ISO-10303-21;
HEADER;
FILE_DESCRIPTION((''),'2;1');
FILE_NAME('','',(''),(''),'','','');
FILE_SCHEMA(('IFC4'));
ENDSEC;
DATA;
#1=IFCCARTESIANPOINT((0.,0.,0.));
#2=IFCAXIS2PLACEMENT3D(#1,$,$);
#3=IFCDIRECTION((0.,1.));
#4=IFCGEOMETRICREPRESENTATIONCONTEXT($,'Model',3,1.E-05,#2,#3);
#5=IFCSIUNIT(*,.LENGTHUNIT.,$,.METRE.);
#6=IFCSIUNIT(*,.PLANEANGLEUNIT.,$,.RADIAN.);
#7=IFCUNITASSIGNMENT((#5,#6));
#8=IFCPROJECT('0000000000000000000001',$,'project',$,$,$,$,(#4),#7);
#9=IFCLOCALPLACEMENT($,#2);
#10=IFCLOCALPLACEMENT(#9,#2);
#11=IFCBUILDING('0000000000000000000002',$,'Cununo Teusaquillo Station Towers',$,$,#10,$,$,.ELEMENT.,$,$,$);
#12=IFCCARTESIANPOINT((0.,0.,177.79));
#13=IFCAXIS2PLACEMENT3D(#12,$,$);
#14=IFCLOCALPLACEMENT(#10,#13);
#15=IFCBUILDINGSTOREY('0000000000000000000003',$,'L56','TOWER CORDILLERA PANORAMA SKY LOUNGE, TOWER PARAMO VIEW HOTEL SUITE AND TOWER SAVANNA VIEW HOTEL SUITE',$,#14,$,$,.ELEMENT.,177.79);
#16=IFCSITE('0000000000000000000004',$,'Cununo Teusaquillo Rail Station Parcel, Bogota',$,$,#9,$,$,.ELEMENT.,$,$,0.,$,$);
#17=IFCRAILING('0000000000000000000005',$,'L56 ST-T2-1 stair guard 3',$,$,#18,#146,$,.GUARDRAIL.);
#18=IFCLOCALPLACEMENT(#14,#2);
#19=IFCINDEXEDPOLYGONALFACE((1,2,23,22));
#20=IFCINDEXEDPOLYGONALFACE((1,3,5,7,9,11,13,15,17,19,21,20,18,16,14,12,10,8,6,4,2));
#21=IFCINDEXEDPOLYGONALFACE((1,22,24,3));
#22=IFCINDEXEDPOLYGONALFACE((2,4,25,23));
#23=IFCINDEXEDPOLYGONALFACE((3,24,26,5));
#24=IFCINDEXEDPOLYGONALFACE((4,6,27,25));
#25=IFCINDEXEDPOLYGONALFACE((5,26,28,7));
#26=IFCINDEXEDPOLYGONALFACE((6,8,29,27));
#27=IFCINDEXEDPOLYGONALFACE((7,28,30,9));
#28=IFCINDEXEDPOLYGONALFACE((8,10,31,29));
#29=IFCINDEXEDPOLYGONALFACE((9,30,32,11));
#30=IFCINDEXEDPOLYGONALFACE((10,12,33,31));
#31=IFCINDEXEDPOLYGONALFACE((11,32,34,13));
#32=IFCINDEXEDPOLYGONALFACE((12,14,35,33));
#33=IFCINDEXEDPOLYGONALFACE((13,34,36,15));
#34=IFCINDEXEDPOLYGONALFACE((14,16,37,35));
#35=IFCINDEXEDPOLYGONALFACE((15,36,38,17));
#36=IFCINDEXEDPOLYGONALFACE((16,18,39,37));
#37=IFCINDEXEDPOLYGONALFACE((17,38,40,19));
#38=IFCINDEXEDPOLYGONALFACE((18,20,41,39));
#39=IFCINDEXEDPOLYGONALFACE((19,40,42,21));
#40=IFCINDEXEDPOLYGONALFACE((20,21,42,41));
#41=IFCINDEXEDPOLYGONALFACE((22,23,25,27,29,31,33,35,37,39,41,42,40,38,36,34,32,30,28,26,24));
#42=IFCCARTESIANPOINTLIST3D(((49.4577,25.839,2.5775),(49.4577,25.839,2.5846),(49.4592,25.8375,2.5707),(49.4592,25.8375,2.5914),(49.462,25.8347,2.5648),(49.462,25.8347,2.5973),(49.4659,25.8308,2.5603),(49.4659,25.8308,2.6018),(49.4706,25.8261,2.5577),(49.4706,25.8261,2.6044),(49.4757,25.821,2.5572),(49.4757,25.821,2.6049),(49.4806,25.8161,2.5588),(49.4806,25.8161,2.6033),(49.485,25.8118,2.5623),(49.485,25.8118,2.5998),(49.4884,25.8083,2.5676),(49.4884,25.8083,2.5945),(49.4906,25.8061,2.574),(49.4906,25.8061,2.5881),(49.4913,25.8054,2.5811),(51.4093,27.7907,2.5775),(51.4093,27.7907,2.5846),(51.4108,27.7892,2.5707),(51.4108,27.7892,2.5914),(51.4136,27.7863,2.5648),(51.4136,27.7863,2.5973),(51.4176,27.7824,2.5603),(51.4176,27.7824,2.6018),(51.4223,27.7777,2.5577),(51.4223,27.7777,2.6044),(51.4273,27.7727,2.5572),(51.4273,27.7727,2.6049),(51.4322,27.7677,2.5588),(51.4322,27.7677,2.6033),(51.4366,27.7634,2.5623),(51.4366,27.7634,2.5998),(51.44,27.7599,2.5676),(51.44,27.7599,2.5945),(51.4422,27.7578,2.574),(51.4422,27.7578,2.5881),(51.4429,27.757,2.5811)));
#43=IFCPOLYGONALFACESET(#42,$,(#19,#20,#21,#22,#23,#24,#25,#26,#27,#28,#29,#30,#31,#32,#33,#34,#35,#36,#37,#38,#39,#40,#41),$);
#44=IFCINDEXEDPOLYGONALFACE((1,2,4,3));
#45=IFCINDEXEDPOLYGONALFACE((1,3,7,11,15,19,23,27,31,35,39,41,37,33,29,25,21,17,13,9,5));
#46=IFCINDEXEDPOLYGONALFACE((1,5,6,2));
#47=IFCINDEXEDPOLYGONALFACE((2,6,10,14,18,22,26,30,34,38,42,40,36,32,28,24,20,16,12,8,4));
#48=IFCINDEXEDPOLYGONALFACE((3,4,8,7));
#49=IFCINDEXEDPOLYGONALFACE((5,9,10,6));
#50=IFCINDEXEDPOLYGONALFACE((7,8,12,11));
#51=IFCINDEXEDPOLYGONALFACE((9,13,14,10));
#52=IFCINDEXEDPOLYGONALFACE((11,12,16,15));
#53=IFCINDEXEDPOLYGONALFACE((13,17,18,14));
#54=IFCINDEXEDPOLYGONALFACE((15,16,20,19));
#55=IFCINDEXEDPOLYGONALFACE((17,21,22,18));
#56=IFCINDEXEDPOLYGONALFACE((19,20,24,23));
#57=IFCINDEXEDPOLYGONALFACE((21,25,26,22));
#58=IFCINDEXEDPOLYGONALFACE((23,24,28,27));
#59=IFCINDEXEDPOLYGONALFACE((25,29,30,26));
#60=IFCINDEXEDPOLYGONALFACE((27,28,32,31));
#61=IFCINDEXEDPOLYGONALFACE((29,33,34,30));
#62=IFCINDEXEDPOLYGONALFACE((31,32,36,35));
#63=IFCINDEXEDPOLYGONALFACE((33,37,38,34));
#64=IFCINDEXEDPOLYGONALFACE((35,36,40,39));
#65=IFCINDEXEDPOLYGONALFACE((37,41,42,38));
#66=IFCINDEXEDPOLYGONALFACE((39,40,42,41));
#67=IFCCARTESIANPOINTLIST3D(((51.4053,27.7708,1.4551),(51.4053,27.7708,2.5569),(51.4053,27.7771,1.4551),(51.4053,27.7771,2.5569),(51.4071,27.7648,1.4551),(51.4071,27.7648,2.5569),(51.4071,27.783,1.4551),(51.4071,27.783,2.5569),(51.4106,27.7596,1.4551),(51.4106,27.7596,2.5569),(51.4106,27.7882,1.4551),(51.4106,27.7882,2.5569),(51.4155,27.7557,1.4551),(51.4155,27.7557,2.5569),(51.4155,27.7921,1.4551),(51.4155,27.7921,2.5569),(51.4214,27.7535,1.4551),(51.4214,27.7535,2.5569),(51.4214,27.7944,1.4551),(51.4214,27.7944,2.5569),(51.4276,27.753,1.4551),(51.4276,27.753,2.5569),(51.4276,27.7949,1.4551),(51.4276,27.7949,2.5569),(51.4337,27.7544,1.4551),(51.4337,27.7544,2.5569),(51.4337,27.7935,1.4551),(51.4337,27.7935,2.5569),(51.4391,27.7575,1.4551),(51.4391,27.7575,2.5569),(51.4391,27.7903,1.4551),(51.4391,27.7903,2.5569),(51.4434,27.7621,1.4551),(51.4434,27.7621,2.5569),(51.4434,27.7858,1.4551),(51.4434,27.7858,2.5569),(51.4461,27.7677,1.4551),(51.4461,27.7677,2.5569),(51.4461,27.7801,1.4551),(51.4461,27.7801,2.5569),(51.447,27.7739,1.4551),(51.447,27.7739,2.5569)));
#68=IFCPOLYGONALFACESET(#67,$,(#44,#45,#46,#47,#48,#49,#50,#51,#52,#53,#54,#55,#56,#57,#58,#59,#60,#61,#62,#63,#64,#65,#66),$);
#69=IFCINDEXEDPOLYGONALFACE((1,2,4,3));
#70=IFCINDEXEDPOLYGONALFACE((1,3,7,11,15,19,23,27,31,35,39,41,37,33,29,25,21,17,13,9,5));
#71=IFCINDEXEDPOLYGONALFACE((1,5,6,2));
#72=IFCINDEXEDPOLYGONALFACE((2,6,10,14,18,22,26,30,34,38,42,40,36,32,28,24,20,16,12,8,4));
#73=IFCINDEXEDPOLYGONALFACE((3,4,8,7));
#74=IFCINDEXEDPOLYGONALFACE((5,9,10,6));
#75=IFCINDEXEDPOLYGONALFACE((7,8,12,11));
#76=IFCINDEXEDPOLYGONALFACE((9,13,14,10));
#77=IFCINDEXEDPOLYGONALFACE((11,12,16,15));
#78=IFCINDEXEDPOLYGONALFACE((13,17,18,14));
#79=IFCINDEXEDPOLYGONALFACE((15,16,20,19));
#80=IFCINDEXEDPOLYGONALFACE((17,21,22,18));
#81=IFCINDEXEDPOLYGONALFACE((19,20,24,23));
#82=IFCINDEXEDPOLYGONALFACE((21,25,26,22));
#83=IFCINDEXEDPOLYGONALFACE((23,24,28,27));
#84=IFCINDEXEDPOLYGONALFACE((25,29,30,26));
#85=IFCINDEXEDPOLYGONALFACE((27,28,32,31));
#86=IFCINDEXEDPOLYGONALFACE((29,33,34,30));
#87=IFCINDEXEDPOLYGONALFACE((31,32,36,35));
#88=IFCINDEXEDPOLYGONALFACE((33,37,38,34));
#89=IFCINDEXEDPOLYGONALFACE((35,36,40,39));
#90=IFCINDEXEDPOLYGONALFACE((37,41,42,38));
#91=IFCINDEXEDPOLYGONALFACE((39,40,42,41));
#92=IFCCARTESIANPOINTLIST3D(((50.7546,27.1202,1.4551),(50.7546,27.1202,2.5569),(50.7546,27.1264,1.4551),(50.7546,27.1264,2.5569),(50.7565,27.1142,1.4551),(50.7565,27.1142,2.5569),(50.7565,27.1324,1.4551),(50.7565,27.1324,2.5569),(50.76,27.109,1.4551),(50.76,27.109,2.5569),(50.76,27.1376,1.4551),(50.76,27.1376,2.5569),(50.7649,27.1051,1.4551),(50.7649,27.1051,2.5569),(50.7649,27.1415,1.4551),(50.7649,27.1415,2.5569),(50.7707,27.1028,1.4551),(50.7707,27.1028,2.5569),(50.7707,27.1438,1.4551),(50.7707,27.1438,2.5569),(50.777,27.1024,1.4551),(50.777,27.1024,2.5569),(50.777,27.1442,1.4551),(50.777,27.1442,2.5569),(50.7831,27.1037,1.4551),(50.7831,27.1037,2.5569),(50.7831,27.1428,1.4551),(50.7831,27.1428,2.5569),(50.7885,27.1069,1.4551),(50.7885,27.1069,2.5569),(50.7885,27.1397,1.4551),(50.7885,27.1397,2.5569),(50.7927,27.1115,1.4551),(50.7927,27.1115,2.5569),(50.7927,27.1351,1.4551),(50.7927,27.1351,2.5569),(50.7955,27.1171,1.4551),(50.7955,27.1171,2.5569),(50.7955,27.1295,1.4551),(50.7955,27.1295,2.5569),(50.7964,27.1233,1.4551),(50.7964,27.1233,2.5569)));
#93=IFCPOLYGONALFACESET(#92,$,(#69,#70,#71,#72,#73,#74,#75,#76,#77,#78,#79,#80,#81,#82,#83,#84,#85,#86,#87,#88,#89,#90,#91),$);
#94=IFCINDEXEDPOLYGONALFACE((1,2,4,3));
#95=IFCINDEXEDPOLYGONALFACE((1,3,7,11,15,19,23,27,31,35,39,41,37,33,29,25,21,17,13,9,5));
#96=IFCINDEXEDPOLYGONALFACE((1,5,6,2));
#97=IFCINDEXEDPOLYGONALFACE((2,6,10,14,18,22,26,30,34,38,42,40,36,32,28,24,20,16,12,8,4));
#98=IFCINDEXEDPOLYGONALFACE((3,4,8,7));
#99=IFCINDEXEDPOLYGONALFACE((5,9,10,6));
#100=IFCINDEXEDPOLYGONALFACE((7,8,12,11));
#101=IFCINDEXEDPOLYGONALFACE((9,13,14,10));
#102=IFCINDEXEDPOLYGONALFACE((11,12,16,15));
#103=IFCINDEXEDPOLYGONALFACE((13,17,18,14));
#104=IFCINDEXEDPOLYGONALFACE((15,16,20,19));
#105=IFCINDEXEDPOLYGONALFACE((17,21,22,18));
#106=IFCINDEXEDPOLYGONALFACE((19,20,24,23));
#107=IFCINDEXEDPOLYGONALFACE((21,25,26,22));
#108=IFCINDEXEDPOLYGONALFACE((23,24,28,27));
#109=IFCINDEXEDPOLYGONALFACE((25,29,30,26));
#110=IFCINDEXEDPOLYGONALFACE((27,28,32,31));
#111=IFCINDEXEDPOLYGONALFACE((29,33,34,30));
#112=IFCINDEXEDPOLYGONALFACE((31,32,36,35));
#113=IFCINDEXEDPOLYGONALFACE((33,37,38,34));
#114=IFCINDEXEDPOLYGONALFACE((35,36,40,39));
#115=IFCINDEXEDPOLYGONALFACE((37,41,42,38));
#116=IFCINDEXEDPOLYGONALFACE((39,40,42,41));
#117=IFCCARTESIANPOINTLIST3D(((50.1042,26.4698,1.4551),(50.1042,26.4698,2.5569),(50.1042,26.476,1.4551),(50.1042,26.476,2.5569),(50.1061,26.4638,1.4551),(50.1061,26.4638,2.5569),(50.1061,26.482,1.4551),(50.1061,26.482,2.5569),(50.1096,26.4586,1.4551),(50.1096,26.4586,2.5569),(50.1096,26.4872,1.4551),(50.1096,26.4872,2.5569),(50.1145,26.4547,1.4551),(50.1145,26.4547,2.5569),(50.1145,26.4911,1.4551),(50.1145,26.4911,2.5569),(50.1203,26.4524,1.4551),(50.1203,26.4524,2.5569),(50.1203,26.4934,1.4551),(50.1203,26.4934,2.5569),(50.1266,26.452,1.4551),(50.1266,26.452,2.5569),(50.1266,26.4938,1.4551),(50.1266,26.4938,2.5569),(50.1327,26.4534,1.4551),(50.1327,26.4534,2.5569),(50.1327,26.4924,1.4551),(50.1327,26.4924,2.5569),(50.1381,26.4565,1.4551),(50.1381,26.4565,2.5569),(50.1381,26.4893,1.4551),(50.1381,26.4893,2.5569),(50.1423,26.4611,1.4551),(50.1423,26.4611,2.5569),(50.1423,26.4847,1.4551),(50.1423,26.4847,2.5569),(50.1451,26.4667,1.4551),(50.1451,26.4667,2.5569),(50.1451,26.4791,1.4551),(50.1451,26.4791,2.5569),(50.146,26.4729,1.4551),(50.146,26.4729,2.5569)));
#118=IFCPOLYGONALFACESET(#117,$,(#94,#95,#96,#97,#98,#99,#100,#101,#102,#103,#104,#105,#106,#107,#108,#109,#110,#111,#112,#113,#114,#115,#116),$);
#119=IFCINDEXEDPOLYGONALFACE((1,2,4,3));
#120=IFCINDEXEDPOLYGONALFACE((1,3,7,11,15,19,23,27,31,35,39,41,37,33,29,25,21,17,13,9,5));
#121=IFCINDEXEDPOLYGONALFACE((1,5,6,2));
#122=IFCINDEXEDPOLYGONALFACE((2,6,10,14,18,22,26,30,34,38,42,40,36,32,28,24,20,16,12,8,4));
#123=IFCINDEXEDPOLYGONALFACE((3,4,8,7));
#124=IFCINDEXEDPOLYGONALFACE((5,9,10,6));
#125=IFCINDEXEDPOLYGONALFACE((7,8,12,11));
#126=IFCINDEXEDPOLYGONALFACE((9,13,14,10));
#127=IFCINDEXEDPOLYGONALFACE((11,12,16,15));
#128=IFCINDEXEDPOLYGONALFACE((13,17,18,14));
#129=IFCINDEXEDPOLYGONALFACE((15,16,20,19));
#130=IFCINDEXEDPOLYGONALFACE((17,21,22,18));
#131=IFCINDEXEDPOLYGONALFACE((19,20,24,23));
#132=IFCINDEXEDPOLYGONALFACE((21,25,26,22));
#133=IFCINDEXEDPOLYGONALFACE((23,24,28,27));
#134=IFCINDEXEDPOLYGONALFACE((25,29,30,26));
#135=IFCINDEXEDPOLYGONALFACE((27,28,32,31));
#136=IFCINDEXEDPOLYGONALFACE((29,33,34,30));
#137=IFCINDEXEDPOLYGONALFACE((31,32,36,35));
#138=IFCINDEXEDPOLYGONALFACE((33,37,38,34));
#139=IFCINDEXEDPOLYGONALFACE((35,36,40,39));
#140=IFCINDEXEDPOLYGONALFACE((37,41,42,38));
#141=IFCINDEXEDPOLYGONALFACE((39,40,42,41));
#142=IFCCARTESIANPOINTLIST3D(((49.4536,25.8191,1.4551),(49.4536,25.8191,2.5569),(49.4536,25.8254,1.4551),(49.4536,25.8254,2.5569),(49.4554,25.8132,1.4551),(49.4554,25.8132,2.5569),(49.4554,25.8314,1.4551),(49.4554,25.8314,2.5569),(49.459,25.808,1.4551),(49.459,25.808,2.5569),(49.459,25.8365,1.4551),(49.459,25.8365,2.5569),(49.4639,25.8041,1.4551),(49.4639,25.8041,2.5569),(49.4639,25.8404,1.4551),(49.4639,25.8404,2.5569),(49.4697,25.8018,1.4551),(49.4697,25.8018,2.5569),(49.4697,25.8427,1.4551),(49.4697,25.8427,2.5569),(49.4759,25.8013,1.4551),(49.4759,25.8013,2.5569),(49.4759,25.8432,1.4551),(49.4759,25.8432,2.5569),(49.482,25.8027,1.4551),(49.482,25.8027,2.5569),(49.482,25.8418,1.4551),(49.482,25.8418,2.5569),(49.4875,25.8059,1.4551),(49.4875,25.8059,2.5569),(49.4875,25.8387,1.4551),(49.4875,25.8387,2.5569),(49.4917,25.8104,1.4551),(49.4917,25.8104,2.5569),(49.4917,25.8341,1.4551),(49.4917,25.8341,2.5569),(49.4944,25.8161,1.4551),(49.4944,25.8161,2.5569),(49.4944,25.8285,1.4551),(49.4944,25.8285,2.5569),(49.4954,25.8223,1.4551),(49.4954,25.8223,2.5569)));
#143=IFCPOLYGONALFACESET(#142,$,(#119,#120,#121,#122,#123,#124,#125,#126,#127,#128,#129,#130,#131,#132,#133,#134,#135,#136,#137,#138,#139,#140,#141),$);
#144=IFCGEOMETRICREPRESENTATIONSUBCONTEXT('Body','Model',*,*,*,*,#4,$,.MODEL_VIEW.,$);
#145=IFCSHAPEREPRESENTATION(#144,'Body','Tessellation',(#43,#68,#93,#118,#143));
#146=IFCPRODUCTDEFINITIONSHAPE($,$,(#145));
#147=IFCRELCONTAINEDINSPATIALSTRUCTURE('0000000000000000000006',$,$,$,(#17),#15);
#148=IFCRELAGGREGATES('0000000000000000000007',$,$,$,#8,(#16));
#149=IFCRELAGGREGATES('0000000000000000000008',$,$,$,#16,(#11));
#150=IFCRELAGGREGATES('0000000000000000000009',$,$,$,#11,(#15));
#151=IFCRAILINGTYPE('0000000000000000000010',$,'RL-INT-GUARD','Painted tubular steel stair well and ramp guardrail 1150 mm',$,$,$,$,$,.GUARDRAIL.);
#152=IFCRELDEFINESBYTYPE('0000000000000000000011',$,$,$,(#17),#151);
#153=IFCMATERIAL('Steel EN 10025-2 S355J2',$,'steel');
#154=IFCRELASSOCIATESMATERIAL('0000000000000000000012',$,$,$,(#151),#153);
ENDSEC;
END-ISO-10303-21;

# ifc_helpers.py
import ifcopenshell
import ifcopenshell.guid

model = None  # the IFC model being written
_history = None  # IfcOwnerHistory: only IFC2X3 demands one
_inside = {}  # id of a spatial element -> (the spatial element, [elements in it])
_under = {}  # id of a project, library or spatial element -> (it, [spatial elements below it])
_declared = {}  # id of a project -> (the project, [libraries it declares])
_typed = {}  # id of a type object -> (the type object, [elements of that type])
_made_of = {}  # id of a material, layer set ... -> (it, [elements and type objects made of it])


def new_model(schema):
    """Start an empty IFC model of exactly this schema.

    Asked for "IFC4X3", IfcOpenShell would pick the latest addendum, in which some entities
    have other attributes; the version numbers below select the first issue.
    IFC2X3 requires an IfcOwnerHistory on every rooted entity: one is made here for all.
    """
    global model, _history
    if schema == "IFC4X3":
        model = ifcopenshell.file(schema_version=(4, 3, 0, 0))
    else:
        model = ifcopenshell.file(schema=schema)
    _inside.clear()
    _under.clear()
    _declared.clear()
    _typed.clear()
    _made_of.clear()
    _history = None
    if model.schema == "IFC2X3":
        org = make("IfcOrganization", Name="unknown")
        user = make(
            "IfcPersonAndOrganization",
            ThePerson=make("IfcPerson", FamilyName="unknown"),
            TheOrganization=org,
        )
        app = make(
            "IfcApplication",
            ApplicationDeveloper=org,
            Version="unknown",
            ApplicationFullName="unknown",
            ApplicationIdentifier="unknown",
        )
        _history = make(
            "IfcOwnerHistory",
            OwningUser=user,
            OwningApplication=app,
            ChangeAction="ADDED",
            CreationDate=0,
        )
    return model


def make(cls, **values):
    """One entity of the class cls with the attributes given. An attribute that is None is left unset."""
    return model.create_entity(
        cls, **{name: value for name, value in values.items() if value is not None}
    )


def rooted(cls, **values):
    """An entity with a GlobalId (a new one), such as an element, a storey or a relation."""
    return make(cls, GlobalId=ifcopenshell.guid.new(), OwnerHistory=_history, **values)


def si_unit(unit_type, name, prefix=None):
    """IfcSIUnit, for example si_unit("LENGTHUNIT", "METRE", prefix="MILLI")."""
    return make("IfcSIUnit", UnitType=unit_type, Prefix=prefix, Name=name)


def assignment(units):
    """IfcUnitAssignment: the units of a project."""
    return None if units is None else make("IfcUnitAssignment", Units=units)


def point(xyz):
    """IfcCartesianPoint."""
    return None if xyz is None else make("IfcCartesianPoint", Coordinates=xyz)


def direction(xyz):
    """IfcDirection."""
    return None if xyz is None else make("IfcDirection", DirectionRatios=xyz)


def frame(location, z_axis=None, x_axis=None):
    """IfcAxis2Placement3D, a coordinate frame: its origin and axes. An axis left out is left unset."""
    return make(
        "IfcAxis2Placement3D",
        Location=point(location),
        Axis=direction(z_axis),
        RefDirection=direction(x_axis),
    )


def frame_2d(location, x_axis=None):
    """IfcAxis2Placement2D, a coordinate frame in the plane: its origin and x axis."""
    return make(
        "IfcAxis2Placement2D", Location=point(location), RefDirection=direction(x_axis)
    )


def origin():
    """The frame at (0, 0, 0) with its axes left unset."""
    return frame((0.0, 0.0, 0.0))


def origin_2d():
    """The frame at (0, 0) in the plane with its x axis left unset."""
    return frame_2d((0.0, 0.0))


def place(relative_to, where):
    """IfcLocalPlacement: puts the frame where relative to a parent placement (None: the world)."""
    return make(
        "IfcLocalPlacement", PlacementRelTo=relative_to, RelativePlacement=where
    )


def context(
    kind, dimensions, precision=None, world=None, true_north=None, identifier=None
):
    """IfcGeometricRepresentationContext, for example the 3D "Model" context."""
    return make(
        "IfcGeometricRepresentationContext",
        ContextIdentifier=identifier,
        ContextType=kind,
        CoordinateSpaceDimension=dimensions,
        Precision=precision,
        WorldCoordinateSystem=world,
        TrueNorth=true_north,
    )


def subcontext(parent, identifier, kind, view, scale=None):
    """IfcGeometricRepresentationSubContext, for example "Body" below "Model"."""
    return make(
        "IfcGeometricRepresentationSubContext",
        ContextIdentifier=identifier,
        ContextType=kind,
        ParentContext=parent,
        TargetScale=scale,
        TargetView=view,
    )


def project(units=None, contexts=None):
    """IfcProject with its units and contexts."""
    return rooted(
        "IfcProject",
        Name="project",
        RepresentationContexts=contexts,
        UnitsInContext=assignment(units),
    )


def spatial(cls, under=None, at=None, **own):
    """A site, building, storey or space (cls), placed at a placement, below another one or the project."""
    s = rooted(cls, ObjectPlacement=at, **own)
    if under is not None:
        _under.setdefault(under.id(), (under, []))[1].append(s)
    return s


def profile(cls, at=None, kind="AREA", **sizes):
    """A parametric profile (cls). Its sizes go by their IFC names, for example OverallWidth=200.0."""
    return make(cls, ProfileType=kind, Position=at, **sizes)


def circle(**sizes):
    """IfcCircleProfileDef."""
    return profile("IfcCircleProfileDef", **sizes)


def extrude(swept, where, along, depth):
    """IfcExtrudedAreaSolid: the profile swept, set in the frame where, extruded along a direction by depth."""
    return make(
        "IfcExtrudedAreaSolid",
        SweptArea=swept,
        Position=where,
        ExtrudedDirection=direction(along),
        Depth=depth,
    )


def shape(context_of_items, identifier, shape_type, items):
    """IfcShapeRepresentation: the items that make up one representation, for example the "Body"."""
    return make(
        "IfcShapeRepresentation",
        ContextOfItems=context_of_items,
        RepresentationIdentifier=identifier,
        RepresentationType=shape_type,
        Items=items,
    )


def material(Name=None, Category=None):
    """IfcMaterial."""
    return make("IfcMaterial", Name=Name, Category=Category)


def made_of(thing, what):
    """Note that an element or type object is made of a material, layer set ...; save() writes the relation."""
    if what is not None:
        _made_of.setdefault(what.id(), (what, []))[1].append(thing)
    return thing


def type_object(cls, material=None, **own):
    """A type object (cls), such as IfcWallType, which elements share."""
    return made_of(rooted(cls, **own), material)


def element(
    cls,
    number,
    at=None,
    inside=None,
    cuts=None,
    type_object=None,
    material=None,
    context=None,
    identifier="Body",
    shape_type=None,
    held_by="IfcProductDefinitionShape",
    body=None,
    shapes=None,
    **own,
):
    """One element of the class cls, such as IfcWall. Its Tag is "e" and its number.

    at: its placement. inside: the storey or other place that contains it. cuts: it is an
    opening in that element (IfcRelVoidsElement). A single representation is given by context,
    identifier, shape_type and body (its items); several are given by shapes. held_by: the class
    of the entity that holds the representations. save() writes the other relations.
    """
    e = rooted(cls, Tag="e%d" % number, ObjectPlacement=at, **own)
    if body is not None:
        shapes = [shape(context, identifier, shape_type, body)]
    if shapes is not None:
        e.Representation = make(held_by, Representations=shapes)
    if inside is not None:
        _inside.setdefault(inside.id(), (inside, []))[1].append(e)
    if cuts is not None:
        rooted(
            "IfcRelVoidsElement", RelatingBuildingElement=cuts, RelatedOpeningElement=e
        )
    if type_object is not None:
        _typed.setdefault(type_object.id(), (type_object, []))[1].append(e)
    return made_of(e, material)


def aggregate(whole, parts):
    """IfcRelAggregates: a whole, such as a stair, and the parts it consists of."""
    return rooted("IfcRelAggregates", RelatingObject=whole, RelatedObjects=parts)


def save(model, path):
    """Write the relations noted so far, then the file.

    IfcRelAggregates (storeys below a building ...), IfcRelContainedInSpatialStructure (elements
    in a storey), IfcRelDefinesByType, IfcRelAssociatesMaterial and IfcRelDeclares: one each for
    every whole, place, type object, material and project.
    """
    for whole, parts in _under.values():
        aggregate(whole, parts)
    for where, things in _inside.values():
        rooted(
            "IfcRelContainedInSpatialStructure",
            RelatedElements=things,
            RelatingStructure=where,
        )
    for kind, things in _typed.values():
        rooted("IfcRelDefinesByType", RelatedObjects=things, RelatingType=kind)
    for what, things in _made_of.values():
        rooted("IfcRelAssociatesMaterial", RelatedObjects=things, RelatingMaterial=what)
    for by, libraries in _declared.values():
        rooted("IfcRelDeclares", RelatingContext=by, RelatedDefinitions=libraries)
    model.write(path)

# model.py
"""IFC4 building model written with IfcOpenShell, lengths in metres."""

from ifc_helpers import new_model, si_unit, direction, frame, origin, origin_2d, place, context, subcontext, project, spatial, circle, extrude, material, type_object, element, save


model = new_model("IFC4")

# Units and contexts
model_context = context("Model", 3, precision=1e-05, world=origin(), true_north=direction((0.0, 1.0)))
body_context = subcontext(model_context, "Body", "Model", "MODEL_VIEW")
ifc_project = project(units=[si_unit("LENGTHUNIT", "METRE"), si_unit("PLANEANGLEUNIT", "RADIAN")], contexts=[model_context])

# Site, building, storey
site_placement = place(None, origin())
site = spatial("IfcSite", under=ifc_project, at=site_placement, Name="Cununo Teusaquillo Rail Station Parcel, Bogota", CompositionType="ELEMENT", RefElevation=0.0)
building_placement = place(site_placement, origin())
building = spatial("IfcBuilding", under=site, at=building_placement, Name="Cununo Teusaquillo Station Towers", CompositionType="ELEMENT")
storey_placement = place(building_placement, frame((0.0, 0.0, 177.79)))
storey = spatial("IfcBuildingStorey", under=building, at=storey_placement, Name="L56", Description="TOWER CORDILLERA PANORAMA SKY LOUNGE, TOWER PARAMO VIEW HOTEL SUITE AND TOWER SAVANNA VIEW HOTEL SUITE", CompositionType="ELEMENT", Elevation=177.79)

# Railing
ifc_material_1 = material(Name="Steel EN 10025-2 S355J2", Category="steel")
railing_type = type_object("IfcRailingType", Name="RL-INT-GUARD", Description="Painted tubular steel stair well and ramp guardrail 1150 mm", PredefinedType="GUARDRAIL", material=ifc_material_1)
railing_1_placement = place(storey_placement, frame((51.426, 27.7739, 1.4551)))
element("IfcRailing", 1, at=railing_1_placement, inside=storey, type_object=railing_type, Name="L56 ST-T2-1 stair guard 3", PredefinedType="GUARDRAIL", context=body_context, shape_type="SweptSolid", body=[
    extrude(circle(Radius=0.0239, at=origin_2d()), frame((0.0, 0.0, 1.126), z_axis=(-0.707107, -0.707107, 0.0), x_axis=(0.707107, -0.707107, 0.0)), (0.0, 0.0, 1.0), 2.76),
    extrude(circle(Radius=0.021, at=origin_2d()), origin(), (0.0, 0.0, 1.0), 1.1018),
    extrude(circle(Radius=0.021, at=origin_2d()), frame((-0.6506, -0.6506, 0.0)), (0.0, 0.0, 1.0), 1.1018),
    extrude(circle(Radius=0.021, at=origin_2d()), frame((-1.301, -1.301, 0.0)), (0.0, 0.0, 1.0), 1.1018),
    extrude(circle(Radius=0.021, at=origin_2d()), frame((-1.9517, -1.9517, 0.0)), (0.0, 0.0, 1.0), 1.1018),
])

save(model, "model.ifc")
